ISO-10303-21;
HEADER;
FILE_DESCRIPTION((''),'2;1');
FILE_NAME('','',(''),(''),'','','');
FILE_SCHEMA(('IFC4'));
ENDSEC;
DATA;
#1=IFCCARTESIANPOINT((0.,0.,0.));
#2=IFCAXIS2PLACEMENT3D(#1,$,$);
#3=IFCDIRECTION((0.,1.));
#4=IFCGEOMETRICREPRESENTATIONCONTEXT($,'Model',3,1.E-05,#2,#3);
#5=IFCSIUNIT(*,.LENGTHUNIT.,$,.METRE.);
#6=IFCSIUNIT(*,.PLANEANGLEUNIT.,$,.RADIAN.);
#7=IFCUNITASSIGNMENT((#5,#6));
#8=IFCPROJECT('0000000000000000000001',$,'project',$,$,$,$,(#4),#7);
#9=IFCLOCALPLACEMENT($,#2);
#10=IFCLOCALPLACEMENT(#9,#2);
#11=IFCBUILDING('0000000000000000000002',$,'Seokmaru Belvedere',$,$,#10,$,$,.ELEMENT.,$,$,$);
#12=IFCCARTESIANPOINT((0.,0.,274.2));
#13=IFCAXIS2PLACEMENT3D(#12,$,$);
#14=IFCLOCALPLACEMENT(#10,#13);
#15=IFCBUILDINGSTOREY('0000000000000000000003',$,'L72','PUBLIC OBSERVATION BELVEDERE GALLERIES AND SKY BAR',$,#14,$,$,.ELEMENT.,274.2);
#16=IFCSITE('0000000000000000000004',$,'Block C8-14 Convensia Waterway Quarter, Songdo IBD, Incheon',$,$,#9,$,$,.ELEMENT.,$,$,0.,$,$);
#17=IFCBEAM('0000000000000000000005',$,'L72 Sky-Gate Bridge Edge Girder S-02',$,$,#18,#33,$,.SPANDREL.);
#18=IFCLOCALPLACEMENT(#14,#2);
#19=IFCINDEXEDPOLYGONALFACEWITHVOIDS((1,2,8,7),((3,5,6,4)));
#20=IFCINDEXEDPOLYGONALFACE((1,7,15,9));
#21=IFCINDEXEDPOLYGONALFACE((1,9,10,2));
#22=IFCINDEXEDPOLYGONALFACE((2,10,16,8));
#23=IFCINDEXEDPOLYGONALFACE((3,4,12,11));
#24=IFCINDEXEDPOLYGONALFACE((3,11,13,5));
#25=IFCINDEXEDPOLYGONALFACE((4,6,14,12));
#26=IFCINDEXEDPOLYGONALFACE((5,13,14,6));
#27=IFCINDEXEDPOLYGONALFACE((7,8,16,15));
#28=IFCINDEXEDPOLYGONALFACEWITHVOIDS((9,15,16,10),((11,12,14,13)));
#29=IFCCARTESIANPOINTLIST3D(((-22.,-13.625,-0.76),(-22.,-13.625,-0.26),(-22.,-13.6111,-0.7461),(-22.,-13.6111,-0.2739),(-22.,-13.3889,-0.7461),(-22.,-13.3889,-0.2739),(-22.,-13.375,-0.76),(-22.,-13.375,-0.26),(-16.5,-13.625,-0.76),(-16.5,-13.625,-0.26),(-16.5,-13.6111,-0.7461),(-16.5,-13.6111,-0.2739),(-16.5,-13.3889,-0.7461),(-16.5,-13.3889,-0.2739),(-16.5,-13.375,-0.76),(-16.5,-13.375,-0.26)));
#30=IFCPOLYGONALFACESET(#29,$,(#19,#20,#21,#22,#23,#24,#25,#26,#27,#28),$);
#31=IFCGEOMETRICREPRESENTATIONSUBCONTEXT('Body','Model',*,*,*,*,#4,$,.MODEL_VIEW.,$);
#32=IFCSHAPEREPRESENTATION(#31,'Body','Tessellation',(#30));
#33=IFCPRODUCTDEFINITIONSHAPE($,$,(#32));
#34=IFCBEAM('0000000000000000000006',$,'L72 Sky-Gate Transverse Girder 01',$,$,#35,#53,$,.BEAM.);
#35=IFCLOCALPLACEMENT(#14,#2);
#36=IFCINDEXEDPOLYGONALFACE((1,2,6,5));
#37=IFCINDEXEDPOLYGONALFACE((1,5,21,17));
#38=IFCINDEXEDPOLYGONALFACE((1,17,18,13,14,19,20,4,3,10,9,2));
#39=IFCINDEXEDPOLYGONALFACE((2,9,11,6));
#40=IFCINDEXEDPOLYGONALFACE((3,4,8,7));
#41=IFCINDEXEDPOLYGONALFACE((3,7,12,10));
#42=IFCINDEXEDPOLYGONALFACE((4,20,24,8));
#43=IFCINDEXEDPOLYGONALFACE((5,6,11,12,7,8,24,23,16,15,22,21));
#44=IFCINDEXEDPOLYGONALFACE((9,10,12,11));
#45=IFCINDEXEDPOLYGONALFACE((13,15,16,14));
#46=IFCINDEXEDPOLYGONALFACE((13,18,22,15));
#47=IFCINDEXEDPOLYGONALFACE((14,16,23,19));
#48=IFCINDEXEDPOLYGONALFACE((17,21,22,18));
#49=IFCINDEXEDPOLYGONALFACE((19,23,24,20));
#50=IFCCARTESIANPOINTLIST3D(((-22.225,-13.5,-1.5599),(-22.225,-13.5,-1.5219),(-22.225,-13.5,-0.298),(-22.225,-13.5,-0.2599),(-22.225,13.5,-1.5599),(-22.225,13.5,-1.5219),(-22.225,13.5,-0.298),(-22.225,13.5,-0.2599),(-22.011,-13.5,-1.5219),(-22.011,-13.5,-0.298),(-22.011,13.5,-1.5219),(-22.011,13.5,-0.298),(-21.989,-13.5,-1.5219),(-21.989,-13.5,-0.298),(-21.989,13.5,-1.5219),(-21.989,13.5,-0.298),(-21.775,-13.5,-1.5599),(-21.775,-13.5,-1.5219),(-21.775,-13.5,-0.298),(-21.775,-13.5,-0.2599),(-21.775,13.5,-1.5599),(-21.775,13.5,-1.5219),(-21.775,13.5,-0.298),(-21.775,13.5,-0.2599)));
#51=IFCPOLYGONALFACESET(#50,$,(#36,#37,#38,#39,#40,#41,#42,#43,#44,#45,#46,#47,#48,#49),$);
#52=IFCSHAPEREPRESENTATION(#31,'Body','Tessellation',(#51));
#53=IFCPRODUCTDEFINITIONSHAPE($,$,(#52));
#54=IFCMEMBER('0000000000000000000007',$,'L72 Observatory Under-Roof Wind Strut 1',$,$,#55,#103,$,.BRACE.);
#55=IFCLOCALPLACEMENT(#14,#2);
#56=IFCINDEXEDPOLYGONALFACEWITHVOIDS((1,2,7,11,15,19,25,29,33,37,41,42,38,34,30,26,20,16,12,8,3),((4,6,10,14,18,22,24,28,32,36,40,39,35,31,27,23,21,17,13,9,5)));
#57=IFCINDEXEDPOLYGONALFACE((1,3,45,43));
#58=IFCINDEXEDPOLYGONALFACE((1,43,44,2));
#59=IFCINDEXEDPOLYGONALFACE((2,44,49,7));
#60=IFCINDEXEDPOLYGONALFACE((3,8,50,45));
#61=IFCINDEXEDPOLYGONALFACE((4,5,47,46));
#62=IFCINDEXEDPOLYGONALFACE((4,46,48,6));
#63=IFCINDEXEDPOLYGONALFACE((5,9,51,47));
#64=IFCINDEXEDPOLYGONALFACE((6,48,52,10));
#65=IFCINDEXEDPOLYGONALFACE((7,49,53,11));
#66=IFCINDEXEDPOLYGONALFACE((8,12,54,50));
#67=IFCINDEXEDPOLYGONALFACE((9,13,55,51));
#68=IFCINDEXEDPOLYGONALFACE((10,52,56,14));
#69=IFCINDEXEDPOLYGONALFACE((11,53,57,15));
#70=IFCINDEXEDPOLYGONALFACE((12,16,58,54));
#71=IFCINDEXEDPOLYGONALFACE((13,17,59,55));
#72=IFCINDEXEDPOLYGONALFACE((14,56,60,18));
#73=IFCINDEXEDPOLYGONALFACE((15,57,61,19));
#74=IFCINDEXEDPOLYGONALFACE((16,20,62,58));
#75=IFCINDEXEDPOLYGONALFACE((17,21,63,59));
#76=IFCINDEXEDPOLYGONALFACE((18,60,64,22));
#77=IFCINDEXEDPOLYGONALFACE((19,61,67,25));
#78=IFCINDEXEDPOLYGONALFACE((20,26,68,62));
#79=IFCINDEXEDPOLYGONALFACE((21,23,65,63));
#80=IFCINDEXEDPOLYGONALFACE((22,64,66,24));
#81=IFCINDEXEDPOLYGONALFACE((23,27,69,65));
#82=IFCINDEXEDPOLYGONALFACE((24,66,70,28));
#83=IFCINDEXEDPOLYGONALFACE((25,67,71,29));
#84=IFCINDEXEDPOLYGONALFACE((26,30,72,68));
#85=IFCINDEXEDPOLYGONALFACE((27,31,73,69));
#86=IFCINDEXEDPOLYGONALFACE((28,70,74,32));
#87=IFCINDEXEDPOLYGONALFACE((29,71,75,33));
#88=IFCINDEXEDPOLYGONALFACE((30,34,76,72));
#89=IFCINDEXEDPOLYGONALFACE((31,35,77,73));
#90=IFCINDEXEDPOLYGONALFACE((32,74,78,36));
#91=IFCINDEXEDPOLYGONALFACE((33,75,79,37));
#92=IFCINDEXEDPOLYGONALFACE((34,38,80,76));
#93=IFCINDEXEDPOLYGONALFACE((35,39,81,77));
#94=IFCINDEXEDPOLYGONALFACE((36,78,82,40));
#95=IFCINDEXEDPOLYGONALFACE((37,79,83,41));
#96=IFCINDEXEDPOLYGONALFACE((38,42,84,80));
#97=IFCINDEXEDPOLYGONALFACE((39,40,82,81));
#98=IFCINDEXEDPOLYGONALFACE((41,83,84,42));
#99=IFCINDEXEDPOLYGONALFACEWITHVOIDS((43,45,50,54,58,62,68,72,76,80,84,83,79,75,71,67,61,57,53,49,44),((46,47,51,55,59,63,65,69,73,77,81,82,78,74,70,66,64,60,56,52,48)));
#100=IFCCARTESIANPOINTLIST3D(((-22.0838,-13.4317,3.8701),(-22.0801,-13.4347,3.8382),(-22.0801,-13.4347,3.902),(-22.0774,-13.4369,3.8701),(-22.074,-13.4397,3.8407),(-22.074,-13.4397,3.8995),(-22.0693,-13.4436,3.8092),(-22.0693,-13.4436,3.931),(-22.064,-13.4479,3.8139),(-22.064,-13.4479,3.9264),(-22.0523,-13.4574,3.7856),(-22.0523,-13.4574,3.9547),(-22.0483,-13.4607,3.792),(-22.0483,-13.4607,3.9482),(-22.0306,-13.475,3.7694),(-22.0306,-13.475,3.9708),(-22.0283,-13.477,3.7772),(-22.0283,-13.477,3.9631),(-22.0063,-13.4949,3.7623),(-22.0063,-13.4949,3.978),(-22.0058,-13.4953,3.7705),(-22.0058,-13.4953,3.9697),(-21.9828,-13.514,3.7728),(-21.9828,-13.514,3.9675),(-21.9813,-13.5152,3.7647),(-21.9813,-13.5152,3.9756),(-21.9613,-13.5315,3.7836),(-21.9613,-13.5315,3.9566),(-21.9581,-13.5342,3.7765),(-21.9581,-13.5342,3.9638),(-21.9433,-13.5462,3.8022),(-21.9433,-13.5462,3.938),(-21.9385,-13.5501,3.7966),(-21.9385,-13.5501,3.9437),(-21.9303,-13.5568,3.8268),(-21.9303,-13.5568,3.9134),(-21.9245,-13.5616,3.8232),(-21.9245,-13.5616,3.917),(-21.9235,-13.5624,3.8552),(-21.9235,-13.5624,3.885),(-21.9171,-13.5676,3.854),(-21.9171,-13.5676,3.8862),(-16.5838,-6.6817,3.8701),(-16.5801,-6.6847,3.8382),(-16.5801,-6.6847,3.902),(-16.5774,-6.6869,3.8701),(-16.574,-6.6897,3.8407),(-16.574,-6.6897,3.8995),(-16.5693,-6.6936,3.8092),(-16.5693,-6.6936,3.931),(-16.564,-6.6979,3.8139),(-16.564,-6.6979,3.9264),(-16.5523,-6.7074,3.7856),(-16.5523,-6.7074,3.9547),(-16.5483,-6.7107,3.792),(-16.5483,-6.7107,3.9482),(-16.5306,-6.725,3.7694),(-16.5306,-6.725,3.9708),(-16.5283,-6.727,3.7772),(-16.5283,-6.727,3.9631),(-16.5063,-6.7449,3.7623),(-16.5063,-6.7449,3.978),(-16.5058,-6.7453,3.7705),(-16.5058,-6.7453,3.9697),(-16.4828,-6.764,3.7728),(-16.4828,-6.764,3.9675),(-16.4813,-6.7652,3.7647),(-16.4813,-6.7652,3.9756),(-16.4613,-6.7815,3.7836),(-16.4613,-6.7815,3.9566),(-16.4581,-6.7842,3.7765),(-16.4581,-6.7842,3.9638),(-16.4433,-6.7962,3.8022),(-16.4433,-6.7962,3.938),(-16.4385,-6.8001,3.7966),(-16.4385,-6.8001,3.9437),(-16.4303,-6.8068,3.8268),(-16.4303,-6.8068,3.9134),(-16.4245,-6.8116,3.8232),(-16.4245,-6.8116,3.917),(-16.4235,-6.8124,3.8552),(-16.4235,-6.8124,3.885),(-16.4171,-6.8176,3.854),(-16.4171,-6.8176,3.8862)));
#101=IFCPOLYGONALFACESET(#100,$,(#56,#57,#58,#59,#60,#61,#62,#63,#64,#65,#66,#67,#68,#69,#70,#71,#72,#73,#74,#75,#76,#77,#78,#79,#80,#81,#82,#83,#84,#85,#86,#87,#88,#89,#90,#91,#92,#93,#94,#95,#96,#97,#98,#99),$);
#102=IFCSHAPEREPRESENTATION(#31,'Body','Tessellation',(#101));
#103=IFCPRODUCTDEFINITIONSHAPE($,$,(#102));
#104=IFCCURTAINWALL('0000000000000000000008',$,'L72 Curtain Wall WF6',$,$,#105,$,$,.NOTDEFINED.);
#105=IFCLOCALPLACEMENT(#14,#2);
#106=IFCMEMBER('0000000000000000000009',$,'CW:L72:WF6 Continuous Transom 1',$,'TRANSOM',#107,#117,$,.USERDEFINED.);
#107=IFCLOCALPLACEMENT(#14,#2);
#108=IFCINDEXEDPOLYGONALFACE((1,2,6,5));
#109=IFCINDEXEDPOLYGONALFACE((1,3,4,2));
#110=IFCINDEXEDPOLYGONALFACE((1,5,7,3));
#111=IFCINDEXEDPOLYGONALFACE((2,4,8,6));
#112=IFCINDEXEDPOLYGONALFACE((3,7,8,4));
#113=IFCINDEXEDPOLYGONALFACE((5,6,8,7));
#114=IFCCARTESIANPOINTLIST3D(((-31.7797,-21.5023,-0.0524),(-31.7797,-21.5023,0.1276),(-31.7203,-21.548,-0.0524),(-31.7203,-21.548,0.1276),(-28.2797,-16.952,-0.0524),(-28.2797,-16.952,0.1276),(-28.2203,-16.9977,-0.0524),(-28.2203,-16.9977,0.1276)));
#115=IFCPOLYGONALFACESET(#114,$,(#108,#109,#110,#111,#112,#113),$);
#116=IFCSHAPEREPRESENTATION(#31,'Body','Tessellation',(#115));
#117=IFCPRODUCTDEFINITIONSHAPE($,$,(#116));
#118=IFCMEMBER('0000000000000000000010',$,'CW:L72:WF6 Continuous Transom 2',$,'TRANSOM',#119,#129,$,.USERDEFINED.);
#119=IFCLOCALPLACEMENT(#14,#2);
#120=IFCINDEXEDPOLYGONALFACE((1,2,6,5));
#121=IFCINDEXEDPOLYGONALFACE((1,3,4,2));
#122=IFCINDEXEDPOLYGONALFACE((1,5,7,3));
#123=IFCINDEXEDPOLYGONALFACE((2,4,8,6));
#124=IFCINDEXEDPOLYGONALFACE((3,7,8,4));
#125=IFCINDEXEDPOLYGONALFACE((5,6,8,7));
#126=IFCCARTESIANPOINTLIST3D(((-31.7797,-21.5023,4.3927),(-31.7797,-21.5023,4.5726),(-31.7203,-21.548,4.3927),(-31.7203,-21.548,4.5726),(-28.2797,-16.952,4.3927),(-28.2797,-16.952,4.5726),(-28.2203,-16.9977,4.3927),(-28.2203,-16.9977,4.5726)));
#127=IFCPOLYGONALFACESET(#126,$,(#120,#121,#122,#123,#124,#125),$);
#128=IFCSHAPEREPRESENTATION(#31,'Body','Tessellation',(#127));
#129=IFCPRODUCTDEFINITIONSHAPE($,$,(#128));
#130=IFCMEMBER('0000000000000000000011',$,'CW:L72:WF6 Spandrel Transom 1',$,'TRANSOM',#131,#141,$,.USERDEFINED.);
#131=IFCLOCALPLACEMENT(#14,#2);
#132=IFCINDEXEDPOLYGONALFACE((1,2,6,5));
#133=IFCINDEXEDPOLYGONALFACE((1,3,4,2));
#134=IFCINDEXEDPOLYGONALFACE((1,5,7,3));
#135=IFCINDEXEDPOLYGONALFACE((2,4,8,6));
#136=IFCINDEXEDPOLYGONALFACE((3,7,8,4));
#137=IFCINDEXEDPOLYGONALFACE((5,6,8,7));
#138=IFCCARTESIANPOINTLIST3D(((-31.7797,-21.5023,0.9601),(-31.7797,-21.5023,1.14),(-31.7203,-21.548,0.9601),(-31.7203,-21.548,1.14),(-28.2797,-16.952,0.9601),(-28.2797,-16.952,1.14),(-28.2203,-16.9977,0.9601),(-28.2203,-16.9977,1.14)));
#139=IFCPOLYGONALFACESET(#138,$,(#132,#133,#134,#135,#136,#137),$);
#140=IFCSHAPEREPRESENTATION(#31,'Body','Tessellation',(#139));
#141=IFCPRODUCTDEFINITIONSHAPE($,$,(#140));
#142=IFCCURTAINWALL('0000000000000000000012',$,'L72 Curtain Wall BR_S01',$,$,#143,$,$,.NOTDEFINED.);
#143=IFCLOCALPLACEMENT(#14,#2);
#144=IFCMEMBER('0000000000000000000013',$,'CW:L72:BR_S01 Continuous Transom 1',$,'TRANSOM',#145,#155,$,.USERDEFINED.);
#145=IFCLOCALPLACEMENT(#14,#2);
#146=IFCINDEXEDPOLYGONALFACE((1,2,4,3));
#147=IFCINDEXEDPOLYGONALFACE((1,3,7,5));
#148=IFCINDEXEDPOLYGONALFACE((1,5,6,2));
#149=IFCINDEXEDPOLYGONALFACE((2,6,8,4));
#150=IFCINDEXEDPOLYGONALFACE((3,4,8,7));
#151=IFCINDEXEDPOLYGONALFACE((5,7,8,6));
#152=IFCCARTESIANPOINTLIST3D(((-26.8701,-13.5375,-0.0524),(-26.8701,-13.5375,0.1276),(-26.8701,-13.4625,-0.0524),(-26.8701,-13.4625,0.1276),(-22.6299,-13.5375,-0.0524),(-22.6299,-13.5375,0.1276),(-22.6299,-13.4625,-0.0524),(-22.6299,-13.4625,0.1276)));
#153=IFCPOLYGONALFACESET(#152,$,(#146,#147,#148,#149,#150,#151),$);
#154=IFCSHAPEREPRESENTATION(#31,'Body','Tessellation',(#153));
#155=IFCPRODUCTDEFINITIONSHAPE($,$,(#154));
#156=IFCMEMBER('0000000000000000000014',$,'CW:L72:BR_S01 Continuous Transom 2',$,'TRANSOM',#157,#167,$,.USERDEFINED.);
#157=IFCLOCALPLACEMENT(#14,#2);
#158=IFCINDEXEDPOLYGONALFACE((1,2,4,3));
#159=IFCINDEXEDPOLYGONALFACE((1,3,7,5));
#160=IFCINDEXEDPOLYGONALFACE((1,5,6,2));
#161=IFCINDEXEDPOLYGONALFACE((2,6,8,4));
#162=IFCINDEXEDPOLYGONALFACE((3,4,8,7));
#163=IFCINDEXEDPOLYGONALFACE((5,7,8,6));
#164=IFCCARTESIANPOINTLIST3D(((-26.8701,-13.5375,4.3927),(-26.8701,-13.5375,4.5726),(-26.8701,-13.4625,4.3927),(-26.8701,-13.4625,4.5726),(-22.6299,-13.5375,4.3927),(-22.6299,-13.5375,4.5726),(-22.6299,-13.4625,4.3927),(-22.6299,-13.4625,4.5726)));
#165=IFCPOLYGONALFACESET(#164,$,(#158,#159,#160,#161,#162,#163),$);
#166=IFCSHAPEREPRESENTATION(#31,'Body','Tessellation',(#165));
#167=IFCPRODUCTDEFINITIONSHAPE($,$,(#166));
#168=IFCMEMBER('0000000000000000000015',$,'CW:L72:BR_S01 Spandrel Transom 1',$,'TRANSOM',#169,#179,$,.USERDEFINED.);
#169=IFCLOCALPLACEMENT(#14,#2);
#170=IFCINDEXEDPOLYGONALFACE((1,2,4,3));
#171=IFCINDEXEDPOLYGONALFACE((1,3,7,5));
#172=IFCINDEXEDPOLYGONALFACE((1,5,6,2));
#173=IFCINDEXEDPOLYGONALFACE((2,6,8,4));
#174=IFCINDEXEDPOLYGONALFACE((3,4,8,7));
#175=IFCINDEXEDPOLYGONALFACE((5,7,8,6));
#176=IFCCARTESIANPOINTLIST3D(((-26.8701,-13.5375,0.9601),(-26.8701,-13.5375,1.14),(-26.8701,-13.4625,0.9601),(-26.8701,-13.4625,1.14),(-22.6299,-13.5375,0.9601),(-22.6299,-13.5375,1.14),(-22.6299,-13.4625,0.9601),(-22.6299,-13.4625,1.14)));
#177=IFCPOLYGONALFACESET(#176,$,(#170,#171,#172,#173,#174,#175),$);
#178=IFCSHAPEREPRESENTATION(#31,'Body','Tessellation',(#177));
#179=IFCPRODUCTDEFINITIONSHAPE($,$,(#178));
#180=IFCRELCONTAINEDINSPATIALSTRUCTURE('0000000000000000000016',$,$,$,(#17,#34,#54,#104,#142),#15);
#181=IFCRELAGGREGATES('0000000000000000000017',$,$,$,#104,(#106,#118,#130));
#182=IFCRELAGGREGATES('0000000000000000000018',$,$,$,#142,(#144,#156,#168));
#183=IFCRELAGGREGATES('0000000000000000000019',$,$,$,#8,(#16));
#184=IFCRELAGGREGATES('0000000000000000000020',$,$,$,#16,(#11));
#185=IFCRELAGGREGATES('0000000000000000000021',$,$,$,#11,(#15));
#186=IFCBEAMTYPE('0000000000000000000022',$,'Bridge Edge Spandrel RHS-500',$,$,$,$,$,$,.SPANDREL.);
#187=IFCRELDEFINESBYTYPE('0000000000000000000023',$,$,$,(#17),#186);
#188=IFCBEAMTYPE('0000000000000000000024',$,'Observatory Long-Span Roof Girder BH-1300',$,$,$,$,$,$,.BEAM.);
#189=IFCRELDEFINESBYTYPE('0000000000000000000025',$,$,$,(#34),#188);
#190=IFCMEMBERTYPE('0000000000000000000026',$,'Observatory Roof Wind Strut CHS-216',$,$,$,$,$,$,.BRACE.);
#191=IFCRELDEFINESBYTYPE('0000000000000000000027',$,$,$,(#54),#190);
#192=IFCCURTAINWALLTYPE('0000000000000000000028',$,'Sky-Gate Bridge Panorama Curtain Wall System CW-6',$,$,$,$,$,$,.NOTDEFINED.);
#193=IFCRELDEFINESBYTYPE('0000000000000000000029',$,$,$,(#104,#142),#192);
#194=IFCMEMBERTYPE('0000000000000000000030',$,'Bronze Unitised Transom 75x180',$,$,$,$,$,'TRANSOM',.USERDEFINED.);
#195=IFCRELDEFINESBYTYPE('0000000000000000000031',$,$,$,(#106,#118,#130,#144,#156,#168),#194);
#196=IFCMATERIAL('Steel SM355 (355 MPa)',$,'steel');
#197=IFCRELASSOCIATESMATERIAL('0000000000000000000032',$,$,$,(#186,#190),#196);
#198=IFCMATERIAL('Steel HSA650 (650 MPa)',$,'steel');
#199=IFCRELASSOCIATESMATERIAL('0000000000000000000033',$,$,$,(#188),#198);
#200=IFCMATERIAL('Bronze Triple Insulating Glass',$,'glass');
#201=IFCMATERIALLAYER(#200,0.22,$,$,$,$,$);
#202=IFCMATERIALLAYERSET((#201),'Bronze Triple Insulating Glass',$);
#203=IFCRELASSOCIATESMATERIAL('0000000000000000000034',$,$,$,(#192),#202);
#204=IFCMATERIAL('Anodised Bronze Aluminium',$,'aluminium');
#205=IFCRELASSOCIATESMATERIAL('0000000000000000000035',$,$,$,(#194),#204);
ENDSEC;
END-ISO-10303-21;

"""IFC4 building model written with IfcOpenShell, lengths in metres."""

from ifc_helpers import new_model, si_unit, direction, frame, origin, origin_2d, place, context, subcontext, project, spatial, rectangle, hollow_rectangle, hollow_circle, i_section, extrude, source, transform, mapped, material, layer, layer_set, material_profile, profile_set, type_object, type_shapes, element, aggregate, save


model = new_model("IFC4")

# Units and contexts
model_context = context("Model", 3, precision=1e-05, world=origin(), true_north=direction((0.0, 1.0)))
body_context = subcontext(model_context, "Body", "Model", "MODEL_VIEW")
ifc_project = project(units=[si_unit("LENGTHUNIT", "METRE"), si_unit("PLANEANGLEUNIT", "RADIAN")], contexts=[model_context])

# Site, building, storey
site_placement = place(None, origin())
site = spatial("IfcSite", under=ifc_project, at=site_placement, Name="Block C8-14 Convensia Waterway Quarter, Songdo IBD, Incheon", CompositionType="ELEMENT", RefElevation=0.0)
building_placement = place(site_placement, origin())
building = spatial("IfcBuilding", under=site, at=building_placement, Name="Seokmaru Belvedere", CompositionType="ELEMENT")
storey_placement = place(building_placement, frame((0.0, 0.0, 274.2)))
storey = spatial("IfcBuildingStorey", under=building, at=storey_placement, Name="L72", Description="PUBLIC OBSERVATION BELVEDERE GALLERIES AND SKY BAR", CompositionType="ELEMENT", Elevation=274.2)

# Shared definitions
ifc_material_1 = material(Name="Steel SM355 (355 MPa)", Category="steel")

# Beams
ifc_material_profile_1 = material_profile(ifc_material_1, hollow_rectangle(XDim=0.25, YDim=0.5, WallThickness=0.0139, at=origin_2d()), Name="RHS-500x250x14")
ifc_profile_set_1 = profile_set([ifc_material_profile_1], Name="Steel SM355 (355 MPa)")
beam_type_1 = type_object("IfcBeamType", Name="Bridge Edge Spandrel RHS-500", PredefinedType="SPANDREL", material=ifc_profile_set_1)
shared_shape_1 = source(origin(), body_context, "Body", "SweptSolid", [
    extrude(hollow_rectangle(XDim=0.25, YDim=0.5, WallThickness=0.0139, at=origin_2d()), origin(), (0.0, 0.0, 1.0), 5.5),
])
type_shapes(beam_type_1, [shared_shape_1])
for number, where, z_axis, x_axis, name in (
    (1, (-22.0, -13.5, -0.51), (1.0, 0.0, 0.0), (0.0, 1.0, 0.0), "L72 Sky-Gate Bridge Edge Girder S-02"),
):
    element("IfcBeam", number, at=place(storey_placement, frame(where, z_axis=z_axis, x_axis=x_axis)), inside=storey, type_object=beam_type_1, Name=name, PredefinedType="SPANDREL", context=body_context, shape_type="MappedRepresentation", body=[
        mapped(shared_shape_1, transform((0.0, 0.0, 0.0), scale=1.0)),
    ])
ifc_material_2 = material(Name="Steel HSA650 (650 MPa)", Category="steel")
ifc_material_profile_2 = material_profile(ifc_material_2, i_section(OverallWidth=0.45, OverallDepth=1.3, WebThickness=0.022, FlangeThickness=0.0381, at=origin_2d()), Name="BH-1300x450x22x38")
ifc_profile_set_2 = profile_set([ifc_material_profile_2], Name="Steel HSA650 (650 MPa)")
beam_type_2 = type_object("IfcBeamType", Name="Observatory Long-Span Roof Girder BH-1300", PredefinedType="BEAM", material=ifc_profile_set_2)
shared_shape_2 = source(origin(), body_context, "Body", "SweptSolid", [
    extrude(i_section(OverallWidth=0.45, OverallDepth=1.3, WebThickness=0.022, FlangeThickness=0.0381, at=origin_2d()), origin(), (0.0, 0.0, 1.0), 27.0),
])
type_shapes(beam_type_2, [shared_shape_2])
beam_1_placement = place(storey_placement, frame((-22.0, -13.5, -0.9099), z_axis=(0.0, 1.0, 0.0), x_axis=(-1.0, 0.0, 0.0)))
element("IfcBeam", 2, at=beam_1_placement, inside=storey, type_object=beam_type_2, Name="L72 Sky-Gate Transverse Girder 01", PredefinedType="BEAM", context=body_context, shape_type="MappedRepresentation", body=[
    mapped(shared_shape_2, transform((0.0, 0.0, 0.0), scale=1.0)),
])

# Member
ifc_material_profile_3 = material_profile(ifc_material_1, hollow_circle(Radius=0.1082, WallThickness=0.0083, at=origin_2d()), Name="CHS-216.3x8.2")
ifc_profile_set_3 = profile_set([ifc_material_profile_3], Name="Steel SM355 (355 MPa)")
member_type_1 = type_object("IfcMemberType", Name="Observatory Roof Wind Strut CHS-216", PredefinedType="BRACE", material=ifc_profile_set_3)
shared_shape_3 = source(origin(), body_context, "Body", "SweptSolid", [
    extrude(hollow_circle(Radius=0.1082, WallThickness=0.0083, at=origin_2d()), origin(), (0.0, 0.0, 1.0), 8.707),
])
type_shapes(member_type_1, [shared_shape_3])
member_1_placement = place(storey_placement, frame((-22.0, -13.5, 3.8701), z_axis=(0.631673, 0.775235, 0.0), x_axis=(-0.775235, 0.631673, 0.0)))
element("IfcMember", 3, at=member_1_placement, inside=storey, type_object=member_type_1, Name="L72 Observatory Under-Roof Wind Strut 1", PredefinedType="BRACE", context=body_context, shape_type="MappedRepresentation", body=[
    mapped(shared_shape_3, transform((0.0, 0.0, 0.0), scale=1.0)),
])

# Curtain walls, members
ifc_material_3 = material(Name="Bronze Triple Insulating Glass", Category="glass")
ifc_layer_1 = layer(ifc_material_3, 0.22)
ifc_layer_set_1 = layer_set([ifc_layer_1], Name="Bronze Triple Insulating Glass")
curtain_wall_type = type_object("IfcCurtainWallType", Name="Sky-Gate Bridge Panorama Curtain Wall System CW-6", PredefinedType="NOTDEFINED", material=ifc_layer_set_1)
curtain_wall_1_placement = place(storey_placement, origin())
curtain_wall_1 = element("IfcCurtainWall", 4, at=curtain_wall_1_placement, inside=storey, type_object=curtain_wall_type, Name="L72 Curtain Wall WF6", PredefinedType="NOTDEFINED")
ifc_material_4 = material(Name="Anodised Bronze Aluminium", Category="aluminium")
ifc_material_profile_4 = material_profile(ifc_material_4, rectangle(XDim=0.075, YDim=0.1799, at=origin_2d()), Name="CW-T-75x180")
ifc_profile_set_4 = profile_set([ifc_material_profile_4], Name="Anodised Bronze Aluminium")
member_type_2 = type_object("IfcMemberType", Name="Bronze Unitised Transom 75x180", ElementType="TRANSOM", PredefinedType="USERDEFINED", material=ifc_profile_set_4)
shared_shape_4 = source(origin(), body_context, "Body", "SweptSolid", [
    extrude(rectangle(XDim=0.075, YDim=0.1799, at=origin_2d()), origin(), (0.0, 0.0, 1.0), 5.7407),
])
member_2_placement = place(storey_placement, frame((-31.75, -21.5251, 0.0376), z_axis=(0.609686, 0.792643, 0.0), x_axis=(-0.792643, 0.609686, 0.0)))
member_2 = element("IfcMember", 5, at=member_2_placement, type_object=member_type_2, Name="CW:L72:WF6 Continuous Transom 1", ObjectType="TRANSOM", PredefinedType="USERDEFINED", context=body_context, shape_type="MappedRepresentation", body=[
    mapped(shared_shape_4, transform((0.0, 0.0, 0.0), scale=1.0)),
])
member_3_placement = place(storey_placement, frame((-31.75, -21.5251, 4.4827), z_axis=(0.609686, 0.792643, 0.0), x_axis=(-0.792643, 0.609686, 0.0)))
member_3 = element("IfcMember", 6, at=member_3_placement, type_object=member_type_2, Name="CW:L72:WF6 Continuous Transom 2", ObjectType="TRANSOM", PredefinedType="USERDEFINED", context=body_context, shape_type="MappedRepresentation", body=[
    mapped(shared_shape_4, transform((0.0, 0.0, 0.0), scale=1.0)),
])
member_4_placement = place(storey_placement, frame((-31.75, -21.5251, 1.05), z_axis=(0.609686, 0.792643, 0.0), x_axis=(-0.792643, 0.609686, 0.0)))
member_4 = element("IfcMember", 7, at=member_4_placement, type_object=member_type_2, Name="CW:L72:WF6 Spandrel Transom 1", ObjectType="TRANSOM", PredefinedType="USERDEFINED", context=body_context, shape_type="MappedRepresentation", body=[
    mapped(shared_shape_4, transform((0.0, 0.0, 0.0), scale=1.0)),
])
curtain_wall_2_placement = place(storey_placement, origin())
curtain_wall_2 = element("IfcCurtainWall", 8, at=curtain_wall_2_placement, inside=storey, type_object=curtain_wall_type, Name="L72 Curtain Wall BR_S01", PredefinedType="NOTDEFINED")
shared_shape_5 = source(origin(), body_context, "Body", "SweptSolid", [
    extrude(rectangle(XDim=0.075, YDim=0.1799, at=origin_2d()), origin(), (0.0, 0.0, 1.0), 4.2402),
])
type_shapes(member_type_2, [shared_shape_4, shared_shape_5])
member_5_placement = place(storey_placement, frame((-26.8701, -13.5, 0.0376), z_axis=(1.0, 0.0, 0.0), x_axis=(0.0, 1.0, 0.0)))
member_5 = element("IfcMember", 9, at=member_5_placement, type_object=member_type_2, Name="CW:L72:BR_S01 Continuous Transom 1", ObjectType="TRANSOM", PredefinedType="USERDEFINED", context=body_context, shape_type="MappedRepresentation", body=[
    mapped(shared_shape_5, transform((0.0, 0.0, 0.0), scale=1.0)),
])
member_6_placement = place(storey_placement, frame((-26.8701, -13.5, 4.4827), z_axis=(1.0, 0.0, 0.0), x_axis=(0.0, 1.0, 0.0)))
member_6 = element("IfcMember", 10, at=member_6_placement, type_object=member_type_2, Name="CW:L72:BR_S01 Continuous Transom 2", ObjectType="TRANSOM", PredefinedType="USERDEFINED", context=body_context, shape_type="MappedRepresentation", body=[
    mapped(shared_shape_5, transform((0.0, 0.0, 0.0), scale=1.0)),
])
member_7_placement = place(storey_placement, frame((-26.8701, -13.5, 1.05), z_axis=(1.0, 0.0, 0.0), x_axis=(0.0, 1.0, 0.0)))
member_7 = element("IfcMember", 11, at=member_7_placement, type_object=member_type_2, Name="CW:L72:BR_S01 Spandrel Transom 1", ObjectType="TRANSOM", PredefinedType="USERDEFINED", context=body_context, shape_type="MappedRepresentation", body=[
    mapped(shared_shape_5, transform((0.0, 0.0, 0.0), scale=1.0)),
])

aggregate(curtain_wall_1, [member_2, member_3, member_4])
aggregate(curtain_wall_2, [member_5, member_6, member_7])

save(model, "model.ifc")
